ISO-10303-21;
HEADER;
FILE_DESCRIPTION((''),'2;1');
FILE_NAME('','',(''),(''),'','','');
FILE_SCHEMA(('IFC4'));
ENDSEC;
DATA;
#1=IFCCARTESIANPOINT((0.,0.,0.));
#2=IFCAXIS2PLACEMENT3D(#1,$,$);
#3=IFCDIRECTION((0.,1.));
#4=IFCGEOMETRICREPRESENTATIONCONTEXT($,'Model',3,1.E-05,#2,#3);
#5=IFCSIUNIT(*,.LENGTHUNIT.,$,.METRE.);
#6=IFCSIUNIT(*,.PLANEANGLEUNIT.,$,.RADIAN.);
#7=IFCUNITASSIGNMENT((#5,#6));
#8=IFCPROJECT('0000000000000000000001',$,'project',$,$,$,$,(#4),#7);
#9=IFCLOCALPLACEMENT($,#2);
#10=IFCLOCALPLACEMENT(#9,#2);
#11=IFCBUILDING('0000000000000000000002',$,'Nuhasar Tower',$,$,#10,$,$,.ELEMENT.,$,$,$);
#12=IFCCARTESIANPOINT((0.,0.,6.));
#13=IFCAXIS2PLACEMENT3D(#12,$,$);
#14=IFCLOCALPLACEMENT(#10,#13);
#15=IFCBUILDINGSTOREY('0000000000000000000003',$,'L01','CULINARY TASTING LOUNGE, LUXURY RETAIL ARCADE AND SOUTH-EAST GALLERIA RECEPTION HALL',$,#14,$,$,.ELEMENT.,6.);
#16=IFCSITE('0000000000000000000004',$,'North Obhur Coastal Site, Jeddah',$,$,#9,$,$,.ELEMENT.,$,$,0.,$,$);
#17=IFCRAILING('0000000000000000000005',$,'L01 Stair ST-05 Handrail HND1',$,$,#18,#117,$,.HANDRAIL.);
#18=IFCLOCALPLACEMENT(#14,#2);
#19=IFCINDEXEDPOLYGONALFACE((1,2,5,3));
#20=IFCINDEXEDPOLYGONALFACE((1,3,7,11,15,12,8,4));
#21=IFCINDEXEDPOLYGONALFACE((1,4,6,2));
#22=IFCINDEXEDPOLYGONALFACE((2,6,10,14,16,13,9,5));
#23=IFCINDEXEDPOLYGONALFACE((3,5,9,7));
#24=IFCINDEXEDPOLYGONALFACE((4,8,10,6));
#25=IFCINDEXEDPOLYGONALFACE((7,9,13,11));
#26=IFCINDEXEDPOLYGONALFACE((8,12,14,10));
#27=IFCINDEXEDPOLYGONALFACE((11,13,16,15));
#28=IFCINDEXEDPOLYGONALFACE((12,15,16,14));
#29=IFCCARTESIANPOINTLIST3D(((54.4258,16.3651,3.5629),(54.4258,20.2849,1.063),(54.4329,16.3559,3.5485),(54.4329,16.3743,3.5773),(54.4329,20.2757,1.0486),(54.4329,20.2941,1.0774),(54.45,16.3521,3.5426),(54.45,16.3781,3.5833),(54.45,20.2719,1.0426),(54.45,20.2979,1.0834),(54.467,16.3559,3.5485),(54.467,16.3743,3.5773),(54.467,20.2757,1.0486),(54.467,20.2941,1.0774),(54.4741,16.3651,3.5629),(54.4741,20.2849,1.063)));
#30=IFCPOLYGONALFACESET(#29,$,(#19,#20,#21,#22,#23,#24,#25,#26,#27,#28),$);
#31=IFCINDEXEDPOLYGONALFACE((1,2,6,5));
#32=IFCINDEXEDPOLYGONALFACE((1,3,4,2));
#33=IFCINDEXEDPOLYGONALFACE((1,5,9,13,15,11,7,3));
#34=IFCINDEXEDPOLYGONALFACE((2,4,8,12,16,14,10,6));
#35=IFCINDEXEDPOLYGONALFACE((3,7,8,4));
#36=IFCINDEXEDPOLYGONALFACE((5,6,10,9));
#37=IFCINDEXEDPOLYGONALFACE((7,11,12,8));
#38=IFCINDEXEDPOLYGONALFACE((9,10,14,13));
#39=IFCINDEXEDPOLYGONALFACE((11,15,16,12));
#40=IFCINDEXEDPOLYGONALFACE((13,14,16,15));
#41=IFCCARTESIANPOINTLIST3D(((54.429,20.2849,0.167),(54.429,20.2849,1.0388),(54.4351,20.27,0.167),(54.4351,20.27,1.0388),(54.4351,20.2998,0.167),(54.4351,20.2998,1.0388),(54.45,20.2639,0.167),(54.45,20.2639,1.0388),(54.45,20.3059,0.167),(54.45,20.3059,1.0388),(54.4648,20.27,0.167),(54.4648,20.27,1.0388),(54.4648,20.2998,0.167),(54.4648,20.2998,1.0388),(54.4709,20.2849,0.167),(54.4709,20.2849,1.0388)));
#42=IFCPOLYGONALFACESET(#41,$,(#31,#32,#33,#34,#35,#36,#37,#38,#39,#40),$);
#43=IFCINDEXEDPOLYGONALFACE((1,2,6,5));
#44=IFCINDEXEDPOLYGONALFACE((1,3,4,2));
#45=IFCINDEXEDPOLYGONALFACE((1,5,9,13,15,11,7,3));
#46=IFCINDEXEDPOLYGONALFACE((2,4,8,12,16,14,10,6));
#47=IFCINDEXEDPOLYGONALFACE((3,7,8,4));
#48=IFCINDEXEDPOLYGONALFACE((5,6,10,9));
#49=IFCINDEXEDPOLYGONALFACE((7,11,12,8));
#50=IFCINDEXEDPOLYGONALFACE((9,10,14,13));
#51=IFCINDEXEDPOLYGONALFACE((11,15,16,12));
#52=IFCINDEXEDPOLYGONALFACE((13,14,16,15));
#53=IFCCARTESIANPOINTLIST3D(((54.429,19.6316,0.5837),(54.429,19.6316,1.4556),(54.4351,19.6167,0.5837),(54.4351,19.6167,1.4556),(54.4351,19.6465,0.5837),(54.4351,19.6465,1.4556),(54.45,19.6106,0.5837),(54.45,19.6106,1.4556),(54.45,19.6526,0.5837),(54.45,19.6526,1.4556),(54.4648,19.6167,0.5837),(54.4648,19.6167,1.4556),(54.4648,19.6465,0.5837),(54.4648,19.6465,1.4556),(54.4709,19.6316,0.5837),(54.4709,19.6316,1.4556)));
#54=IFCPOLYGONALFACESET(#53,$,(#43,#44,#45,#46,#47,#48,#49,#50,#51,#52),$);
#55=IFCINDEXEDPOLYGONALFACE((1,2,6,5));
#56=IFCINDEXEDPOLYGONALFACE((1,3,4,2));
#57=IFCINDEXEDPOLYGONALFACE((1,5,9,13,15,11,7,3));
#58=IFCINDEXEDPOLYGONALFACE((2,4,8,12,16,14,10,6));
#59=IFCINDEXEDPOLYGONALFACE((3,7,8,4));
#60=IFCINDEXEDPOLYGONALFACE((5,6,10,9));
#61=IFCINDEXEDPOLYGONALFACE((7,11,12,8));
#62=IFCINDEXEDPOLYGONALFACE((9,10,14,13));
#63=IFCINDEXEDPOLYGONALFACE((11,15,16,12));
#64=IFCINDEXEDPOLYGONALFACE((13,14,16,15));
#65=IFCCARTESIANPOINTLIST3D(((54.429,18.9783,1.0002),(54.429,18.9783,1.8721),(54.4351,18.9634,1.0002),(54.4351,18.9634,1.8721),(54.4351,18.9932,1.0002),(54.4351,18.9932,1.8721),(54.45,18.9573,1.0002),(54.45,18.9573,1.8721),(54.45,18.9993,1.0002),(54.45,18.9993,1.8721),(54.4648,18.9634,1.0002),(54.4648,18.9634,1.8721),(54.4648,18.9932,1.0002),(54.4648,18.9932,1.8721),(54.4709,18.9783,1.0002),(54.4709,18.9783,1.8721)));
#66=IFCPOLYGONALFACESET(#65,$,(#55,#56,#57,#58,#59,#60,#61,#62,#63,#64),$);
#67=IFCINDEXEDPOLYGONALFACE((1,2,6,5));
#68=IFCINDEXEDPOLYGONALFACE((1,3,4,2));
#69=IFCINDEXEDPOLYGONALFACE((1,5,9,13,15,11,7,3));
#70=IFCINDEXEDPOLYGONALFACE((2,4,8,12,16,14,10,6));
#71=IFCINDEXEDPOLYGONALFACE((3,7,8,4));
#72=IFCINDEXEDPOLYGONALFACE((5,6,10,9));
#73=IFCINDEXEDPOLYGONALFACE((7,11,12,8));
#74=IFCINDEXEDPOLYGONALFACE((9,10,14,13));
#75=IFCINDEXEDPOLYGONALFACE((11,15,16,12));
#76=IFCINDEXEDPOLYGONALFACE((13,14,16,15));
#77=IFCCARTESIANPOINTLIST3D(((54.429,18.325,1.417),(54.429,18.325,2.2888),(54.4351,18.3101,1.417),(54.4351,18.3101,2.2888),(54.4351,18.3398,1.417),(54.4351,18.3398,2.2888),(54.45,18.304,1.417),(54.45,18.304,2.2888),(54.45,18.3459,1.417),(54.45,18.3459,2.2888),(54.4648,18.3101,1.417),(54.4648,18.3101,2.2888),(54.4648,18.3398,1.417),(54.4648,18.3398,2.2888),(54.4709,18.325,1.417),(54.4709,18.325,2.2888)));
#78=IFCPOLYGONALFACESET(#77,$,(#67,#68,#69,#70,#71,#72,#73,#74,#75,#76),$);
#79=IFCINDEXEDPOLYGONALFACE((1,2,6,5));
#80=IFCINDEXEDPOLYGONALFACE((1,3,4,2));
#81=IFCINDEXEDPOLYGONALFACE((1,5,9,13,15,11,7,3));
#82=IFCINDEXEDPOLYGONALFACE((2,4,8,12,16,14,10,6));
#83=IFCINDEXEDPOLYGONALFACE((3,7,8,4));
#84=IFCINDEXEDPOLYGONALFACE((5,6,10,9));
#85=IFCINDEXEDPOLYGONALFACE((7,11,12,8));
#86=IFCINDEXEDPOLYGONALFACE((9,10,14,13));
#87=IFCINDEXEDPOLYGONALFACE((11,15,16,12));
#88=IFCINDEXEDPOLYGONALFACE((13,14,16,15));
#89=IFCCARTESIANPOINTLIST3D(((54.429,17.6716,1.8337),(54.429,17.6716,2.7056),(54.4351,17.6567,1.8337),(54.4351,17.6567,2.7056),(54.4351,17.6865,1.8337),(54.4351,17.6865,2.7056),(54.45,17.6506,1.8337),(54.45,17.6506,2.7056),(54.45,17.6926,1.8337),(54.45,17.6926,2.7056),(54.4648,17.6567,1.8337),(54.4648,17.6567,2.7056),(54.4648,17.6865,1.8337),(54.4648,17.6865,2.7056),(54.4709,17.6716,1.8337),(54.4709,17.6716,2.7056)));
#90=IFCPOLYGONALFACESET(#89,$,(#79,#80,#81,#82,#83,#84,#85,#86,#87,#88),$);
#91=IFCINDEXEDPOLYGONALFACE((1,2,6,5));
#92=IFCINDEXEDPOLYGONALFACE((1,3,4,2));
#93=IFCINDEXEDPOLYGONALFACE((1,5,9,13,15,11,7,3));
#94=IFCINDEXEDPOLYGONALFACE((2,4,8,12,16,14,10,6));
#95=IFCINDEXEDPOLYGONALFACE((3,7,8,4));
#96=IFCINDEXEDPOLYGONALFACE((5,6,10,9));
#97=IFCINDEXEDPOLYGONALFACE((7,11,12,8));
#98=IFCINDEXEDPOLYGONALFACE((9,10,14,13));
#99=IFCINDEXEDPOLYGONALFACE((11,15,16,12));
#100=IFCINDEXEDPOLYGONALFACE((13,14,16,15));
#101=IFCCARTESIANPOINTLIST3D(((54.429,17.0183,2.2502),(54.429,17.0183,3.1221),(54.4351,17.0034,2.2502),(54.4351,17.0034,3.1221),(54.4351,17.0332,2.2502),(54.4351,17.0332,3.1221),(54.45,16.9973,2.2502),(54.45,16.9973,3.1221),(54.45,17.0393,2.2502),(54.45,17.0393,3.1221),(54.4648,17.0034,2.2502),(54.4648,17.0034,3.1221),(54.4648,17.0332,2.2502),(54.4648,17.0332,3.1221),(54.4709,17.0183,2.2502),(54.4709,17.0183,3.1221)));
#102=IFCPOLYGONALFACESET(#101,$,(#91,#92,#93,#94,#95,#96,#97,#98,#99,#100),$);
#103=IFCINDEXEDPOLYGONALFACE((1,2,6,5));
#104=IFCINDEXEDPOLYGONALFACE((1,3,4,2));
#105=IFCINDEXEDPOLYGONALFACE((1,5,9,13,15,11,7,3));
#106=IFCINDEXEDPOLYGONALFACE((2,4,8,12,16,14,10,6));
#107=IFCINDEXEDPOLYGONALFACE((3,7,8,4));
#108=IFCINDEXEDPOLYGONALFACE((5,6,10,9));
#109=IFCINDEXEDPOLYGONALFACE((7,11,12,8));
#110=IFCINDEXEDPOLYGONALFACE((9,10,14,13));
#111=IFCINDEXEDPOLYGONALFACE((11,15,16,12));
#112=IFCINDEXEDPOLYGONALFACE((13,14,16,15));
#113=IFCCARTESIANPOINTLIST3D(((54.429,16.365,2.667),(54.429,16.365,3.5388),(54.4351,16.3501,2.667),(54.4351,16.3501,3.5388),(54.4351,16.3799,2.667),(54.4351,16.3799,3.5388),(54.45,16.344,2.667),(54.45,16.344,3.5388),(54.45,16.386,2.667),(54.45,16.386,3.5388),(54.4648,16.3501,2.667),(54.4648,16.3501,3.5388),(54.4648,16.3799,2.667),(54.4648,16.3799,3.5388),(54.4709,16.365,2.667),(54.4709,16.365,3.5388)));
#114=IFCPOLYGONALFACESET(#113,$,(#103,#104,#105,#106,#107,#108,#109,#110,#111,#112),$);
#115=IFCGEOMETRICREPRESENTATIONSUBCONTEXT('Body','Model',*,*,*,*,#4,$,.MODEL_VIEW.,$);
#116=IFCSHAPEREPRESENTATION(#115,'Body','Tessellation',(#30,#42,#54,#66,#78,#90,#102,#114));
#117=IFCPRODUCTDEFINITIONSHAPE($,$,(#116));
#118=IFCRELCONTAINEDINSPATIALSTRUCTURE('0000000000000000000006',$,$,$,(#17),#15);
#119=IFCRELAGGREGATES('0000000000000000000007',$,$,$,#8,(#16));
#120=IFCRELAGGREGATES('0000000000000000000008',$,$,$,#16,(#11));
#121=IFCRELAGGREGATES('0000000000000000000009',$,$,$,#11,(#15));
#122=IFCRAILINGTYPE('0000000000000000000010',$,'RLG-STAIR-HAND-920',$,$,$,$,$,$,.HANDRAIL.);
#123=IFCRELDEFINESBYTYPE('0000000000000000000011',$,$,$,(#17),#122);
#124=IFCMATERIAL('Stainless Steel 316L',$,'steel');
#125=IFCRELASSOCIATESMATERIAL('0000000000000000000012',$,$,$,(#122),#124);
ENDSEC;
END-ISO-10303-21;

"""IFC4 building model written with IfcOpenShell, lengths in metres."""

from ifc_helpers import new_model, si_unit, direction, frame, origin, place, context, subcontext, project, spatial, polyline, outline, extrude, material, type_object, element, save


model = new_model("IFC4")

# Units and contexts
model_context = context("Model", 3, precision=1e-05, world=origin(), true_north=direction((0.0, 1.0)))
body_context = subcontext(model_context, "Body", "Model", "MODEL_VIEW")
ifc_project = project(units=[si_unit("LENGTHUNIT", "METRE"), si_unit("PLANEANGLEUNIT", "RADIAN")], contexts=[model_context])

# Site, building, storey
site_placement = place(None, origin())
site = spatial("IfcSite", under=ifc_project, at=site_placement, Name="North Obhur Coastal Site, Jeddah", CompositionType="ELEMENT", RefElevation=0.0)
building_placement = place(site_placement, origin())
building = spatial("IfcBuilding", under=site, at=building_placement, Name="Nuhasar Tower", CompositionType="ELEMENT")
storey_placement = place(building_placement, frame((0.0, 0.0, 6.0)))
storey = spatial("IfcBuildingStorey", under=building, at=storey_placement, Name="L01", Description="CULINARY TASTING LOUNGE, LUXURY RETAIL ARCADE AND SOUTH-EAST GALLERIA RECEPTION HALL", CompositionType="ELEMENT", Elevation=6.0)

# Railing
ifc_material_1 = material(Name="Stainless Steel 316L", Category="steel")
railing_type_1 = type_object("IfcRailingType", Name="RLG-STAIR-HAND-920", PredefinedType="HANDRAIL", material=ifc_material_1)
railing_1_placement = place(storey_placement, frame((54.45, 20.2849, 0.167)))
element("IfcRailing", 1, at=railing_1_placement, inside=storey, type_object=railing_type_1, Name="L01 Stair ST-05 Handrail HND1", PredefinedType="HANDRAIL", context=body_context, shape_type="SweptSolid", body=[
    extrude(outline(polyline([(0.0242, 0.0), (0.0171, 0.0171), (0.0, 0.0242), (-0.0171, 0.0171), (-0.0242, 0.0), (-0.0171, -0.0171), (0.0, -0.0242), (0.0171, -0.0171), (0.0242, 0.0)])), frame((0.0, 0.0, 0.896), z_axis=(0.0, -0.843125, 0.537718), x_axis=(1.0, 0.0, 0.0)), (0.0, 0.0, 1.0), 4.6492),
    extrude(outline(polyline([(0.021, 0.0), (0.0149, 0.0149), (0.0, 0.021), (-0.0149, 0.0149), (-0.021, 0.0), (-0.0149, -0.0149), (0.0, -0.021), (0.0149, -0.0149), (0.021, 0.0)])), origin(), (0.0, 0.0, 1.0), 0.8718),
    extrude(outline(polyline([(0.021, 0.0), (0.0149, 0.0149), (0.0, 0.021), (-0.0149, 0.0149), (-0.021, 0.0), (-0.0149, -0.0149), (0.0, -0.021), (0.0149, -0.0149), (0.021, 0.0)])), frame((0.0, -0.6533, 0.4167)), (0.0, 0.0, 1.0), 0.8718),
    extrude(outline(polyline([(0.021, 0.0), (0.0149, 0.0149), (0.0, 0.021), (-0.0149, 0.0149), (-0.021, 0.0), (-0.0149, -0.0149), (0.0, -0.021), (0.0149, -0.0149), (0.021, 0.0)])), frame((0.0, -1.3066, 0.8333)), (0.0, 0.0, 1.0), 0.8718),
    extrude(outline(polyline([(0.021, 0.0), (0.0149, 0.0149), (0.0, 0.021), (-0.0149, 0.0149), (-0.021, 0.0), (-0.0149, -0.0149), (0.0, -0.021), (0.0149, -0.0149), (0.021, 0.0)])), frame((0.0, -1.96, 1.25)), (0.0, 0.0, 1.0), 0.8718),
    extrude(outline(polyline([(0.021, 0.0), (0.0149, 0.0149), (0.0, 0.021), (-0.0149, 0.0149), (-0.021, 0.0), (-0.0149, -0.0149), (0.0, -0.021), (0.0149, -0.0149), (0.021, 0.0)])), frame((0.0, -2.6133, 1.6667)), (0.0, 0.0, 1.0), 0.8718),
    extrude(outline(polyline([(0.021, 0.0), (0.0149, 0.0149), (0.0, 0.021), (-0.0149, 0.0149), (-0.021, 0.0), (-0.0149, -0.0149), (0.0, -0.021), (0.0149, -0.0149), (0.021, 0.0)])), frame((0.0, -3.2666, 2.0833)), (0.0, 0.0, 1.0), 0.8718),
    extrude(outline(polyline([(0.021, 0.0), (0.0149, 0.0149), (0.0, 0.021), (-0.0149, 0.0149), (-0.021, 0.0), (-0.0149, -0.0149), (0.0, -0.021), (0.0149, -0.0149), (0.021, 0.0)])), frame((0.0, -3.9199, 2.5)), (0.0, 0.0, 1.0), 0.8718),
])

save(model, "model.ifc")
